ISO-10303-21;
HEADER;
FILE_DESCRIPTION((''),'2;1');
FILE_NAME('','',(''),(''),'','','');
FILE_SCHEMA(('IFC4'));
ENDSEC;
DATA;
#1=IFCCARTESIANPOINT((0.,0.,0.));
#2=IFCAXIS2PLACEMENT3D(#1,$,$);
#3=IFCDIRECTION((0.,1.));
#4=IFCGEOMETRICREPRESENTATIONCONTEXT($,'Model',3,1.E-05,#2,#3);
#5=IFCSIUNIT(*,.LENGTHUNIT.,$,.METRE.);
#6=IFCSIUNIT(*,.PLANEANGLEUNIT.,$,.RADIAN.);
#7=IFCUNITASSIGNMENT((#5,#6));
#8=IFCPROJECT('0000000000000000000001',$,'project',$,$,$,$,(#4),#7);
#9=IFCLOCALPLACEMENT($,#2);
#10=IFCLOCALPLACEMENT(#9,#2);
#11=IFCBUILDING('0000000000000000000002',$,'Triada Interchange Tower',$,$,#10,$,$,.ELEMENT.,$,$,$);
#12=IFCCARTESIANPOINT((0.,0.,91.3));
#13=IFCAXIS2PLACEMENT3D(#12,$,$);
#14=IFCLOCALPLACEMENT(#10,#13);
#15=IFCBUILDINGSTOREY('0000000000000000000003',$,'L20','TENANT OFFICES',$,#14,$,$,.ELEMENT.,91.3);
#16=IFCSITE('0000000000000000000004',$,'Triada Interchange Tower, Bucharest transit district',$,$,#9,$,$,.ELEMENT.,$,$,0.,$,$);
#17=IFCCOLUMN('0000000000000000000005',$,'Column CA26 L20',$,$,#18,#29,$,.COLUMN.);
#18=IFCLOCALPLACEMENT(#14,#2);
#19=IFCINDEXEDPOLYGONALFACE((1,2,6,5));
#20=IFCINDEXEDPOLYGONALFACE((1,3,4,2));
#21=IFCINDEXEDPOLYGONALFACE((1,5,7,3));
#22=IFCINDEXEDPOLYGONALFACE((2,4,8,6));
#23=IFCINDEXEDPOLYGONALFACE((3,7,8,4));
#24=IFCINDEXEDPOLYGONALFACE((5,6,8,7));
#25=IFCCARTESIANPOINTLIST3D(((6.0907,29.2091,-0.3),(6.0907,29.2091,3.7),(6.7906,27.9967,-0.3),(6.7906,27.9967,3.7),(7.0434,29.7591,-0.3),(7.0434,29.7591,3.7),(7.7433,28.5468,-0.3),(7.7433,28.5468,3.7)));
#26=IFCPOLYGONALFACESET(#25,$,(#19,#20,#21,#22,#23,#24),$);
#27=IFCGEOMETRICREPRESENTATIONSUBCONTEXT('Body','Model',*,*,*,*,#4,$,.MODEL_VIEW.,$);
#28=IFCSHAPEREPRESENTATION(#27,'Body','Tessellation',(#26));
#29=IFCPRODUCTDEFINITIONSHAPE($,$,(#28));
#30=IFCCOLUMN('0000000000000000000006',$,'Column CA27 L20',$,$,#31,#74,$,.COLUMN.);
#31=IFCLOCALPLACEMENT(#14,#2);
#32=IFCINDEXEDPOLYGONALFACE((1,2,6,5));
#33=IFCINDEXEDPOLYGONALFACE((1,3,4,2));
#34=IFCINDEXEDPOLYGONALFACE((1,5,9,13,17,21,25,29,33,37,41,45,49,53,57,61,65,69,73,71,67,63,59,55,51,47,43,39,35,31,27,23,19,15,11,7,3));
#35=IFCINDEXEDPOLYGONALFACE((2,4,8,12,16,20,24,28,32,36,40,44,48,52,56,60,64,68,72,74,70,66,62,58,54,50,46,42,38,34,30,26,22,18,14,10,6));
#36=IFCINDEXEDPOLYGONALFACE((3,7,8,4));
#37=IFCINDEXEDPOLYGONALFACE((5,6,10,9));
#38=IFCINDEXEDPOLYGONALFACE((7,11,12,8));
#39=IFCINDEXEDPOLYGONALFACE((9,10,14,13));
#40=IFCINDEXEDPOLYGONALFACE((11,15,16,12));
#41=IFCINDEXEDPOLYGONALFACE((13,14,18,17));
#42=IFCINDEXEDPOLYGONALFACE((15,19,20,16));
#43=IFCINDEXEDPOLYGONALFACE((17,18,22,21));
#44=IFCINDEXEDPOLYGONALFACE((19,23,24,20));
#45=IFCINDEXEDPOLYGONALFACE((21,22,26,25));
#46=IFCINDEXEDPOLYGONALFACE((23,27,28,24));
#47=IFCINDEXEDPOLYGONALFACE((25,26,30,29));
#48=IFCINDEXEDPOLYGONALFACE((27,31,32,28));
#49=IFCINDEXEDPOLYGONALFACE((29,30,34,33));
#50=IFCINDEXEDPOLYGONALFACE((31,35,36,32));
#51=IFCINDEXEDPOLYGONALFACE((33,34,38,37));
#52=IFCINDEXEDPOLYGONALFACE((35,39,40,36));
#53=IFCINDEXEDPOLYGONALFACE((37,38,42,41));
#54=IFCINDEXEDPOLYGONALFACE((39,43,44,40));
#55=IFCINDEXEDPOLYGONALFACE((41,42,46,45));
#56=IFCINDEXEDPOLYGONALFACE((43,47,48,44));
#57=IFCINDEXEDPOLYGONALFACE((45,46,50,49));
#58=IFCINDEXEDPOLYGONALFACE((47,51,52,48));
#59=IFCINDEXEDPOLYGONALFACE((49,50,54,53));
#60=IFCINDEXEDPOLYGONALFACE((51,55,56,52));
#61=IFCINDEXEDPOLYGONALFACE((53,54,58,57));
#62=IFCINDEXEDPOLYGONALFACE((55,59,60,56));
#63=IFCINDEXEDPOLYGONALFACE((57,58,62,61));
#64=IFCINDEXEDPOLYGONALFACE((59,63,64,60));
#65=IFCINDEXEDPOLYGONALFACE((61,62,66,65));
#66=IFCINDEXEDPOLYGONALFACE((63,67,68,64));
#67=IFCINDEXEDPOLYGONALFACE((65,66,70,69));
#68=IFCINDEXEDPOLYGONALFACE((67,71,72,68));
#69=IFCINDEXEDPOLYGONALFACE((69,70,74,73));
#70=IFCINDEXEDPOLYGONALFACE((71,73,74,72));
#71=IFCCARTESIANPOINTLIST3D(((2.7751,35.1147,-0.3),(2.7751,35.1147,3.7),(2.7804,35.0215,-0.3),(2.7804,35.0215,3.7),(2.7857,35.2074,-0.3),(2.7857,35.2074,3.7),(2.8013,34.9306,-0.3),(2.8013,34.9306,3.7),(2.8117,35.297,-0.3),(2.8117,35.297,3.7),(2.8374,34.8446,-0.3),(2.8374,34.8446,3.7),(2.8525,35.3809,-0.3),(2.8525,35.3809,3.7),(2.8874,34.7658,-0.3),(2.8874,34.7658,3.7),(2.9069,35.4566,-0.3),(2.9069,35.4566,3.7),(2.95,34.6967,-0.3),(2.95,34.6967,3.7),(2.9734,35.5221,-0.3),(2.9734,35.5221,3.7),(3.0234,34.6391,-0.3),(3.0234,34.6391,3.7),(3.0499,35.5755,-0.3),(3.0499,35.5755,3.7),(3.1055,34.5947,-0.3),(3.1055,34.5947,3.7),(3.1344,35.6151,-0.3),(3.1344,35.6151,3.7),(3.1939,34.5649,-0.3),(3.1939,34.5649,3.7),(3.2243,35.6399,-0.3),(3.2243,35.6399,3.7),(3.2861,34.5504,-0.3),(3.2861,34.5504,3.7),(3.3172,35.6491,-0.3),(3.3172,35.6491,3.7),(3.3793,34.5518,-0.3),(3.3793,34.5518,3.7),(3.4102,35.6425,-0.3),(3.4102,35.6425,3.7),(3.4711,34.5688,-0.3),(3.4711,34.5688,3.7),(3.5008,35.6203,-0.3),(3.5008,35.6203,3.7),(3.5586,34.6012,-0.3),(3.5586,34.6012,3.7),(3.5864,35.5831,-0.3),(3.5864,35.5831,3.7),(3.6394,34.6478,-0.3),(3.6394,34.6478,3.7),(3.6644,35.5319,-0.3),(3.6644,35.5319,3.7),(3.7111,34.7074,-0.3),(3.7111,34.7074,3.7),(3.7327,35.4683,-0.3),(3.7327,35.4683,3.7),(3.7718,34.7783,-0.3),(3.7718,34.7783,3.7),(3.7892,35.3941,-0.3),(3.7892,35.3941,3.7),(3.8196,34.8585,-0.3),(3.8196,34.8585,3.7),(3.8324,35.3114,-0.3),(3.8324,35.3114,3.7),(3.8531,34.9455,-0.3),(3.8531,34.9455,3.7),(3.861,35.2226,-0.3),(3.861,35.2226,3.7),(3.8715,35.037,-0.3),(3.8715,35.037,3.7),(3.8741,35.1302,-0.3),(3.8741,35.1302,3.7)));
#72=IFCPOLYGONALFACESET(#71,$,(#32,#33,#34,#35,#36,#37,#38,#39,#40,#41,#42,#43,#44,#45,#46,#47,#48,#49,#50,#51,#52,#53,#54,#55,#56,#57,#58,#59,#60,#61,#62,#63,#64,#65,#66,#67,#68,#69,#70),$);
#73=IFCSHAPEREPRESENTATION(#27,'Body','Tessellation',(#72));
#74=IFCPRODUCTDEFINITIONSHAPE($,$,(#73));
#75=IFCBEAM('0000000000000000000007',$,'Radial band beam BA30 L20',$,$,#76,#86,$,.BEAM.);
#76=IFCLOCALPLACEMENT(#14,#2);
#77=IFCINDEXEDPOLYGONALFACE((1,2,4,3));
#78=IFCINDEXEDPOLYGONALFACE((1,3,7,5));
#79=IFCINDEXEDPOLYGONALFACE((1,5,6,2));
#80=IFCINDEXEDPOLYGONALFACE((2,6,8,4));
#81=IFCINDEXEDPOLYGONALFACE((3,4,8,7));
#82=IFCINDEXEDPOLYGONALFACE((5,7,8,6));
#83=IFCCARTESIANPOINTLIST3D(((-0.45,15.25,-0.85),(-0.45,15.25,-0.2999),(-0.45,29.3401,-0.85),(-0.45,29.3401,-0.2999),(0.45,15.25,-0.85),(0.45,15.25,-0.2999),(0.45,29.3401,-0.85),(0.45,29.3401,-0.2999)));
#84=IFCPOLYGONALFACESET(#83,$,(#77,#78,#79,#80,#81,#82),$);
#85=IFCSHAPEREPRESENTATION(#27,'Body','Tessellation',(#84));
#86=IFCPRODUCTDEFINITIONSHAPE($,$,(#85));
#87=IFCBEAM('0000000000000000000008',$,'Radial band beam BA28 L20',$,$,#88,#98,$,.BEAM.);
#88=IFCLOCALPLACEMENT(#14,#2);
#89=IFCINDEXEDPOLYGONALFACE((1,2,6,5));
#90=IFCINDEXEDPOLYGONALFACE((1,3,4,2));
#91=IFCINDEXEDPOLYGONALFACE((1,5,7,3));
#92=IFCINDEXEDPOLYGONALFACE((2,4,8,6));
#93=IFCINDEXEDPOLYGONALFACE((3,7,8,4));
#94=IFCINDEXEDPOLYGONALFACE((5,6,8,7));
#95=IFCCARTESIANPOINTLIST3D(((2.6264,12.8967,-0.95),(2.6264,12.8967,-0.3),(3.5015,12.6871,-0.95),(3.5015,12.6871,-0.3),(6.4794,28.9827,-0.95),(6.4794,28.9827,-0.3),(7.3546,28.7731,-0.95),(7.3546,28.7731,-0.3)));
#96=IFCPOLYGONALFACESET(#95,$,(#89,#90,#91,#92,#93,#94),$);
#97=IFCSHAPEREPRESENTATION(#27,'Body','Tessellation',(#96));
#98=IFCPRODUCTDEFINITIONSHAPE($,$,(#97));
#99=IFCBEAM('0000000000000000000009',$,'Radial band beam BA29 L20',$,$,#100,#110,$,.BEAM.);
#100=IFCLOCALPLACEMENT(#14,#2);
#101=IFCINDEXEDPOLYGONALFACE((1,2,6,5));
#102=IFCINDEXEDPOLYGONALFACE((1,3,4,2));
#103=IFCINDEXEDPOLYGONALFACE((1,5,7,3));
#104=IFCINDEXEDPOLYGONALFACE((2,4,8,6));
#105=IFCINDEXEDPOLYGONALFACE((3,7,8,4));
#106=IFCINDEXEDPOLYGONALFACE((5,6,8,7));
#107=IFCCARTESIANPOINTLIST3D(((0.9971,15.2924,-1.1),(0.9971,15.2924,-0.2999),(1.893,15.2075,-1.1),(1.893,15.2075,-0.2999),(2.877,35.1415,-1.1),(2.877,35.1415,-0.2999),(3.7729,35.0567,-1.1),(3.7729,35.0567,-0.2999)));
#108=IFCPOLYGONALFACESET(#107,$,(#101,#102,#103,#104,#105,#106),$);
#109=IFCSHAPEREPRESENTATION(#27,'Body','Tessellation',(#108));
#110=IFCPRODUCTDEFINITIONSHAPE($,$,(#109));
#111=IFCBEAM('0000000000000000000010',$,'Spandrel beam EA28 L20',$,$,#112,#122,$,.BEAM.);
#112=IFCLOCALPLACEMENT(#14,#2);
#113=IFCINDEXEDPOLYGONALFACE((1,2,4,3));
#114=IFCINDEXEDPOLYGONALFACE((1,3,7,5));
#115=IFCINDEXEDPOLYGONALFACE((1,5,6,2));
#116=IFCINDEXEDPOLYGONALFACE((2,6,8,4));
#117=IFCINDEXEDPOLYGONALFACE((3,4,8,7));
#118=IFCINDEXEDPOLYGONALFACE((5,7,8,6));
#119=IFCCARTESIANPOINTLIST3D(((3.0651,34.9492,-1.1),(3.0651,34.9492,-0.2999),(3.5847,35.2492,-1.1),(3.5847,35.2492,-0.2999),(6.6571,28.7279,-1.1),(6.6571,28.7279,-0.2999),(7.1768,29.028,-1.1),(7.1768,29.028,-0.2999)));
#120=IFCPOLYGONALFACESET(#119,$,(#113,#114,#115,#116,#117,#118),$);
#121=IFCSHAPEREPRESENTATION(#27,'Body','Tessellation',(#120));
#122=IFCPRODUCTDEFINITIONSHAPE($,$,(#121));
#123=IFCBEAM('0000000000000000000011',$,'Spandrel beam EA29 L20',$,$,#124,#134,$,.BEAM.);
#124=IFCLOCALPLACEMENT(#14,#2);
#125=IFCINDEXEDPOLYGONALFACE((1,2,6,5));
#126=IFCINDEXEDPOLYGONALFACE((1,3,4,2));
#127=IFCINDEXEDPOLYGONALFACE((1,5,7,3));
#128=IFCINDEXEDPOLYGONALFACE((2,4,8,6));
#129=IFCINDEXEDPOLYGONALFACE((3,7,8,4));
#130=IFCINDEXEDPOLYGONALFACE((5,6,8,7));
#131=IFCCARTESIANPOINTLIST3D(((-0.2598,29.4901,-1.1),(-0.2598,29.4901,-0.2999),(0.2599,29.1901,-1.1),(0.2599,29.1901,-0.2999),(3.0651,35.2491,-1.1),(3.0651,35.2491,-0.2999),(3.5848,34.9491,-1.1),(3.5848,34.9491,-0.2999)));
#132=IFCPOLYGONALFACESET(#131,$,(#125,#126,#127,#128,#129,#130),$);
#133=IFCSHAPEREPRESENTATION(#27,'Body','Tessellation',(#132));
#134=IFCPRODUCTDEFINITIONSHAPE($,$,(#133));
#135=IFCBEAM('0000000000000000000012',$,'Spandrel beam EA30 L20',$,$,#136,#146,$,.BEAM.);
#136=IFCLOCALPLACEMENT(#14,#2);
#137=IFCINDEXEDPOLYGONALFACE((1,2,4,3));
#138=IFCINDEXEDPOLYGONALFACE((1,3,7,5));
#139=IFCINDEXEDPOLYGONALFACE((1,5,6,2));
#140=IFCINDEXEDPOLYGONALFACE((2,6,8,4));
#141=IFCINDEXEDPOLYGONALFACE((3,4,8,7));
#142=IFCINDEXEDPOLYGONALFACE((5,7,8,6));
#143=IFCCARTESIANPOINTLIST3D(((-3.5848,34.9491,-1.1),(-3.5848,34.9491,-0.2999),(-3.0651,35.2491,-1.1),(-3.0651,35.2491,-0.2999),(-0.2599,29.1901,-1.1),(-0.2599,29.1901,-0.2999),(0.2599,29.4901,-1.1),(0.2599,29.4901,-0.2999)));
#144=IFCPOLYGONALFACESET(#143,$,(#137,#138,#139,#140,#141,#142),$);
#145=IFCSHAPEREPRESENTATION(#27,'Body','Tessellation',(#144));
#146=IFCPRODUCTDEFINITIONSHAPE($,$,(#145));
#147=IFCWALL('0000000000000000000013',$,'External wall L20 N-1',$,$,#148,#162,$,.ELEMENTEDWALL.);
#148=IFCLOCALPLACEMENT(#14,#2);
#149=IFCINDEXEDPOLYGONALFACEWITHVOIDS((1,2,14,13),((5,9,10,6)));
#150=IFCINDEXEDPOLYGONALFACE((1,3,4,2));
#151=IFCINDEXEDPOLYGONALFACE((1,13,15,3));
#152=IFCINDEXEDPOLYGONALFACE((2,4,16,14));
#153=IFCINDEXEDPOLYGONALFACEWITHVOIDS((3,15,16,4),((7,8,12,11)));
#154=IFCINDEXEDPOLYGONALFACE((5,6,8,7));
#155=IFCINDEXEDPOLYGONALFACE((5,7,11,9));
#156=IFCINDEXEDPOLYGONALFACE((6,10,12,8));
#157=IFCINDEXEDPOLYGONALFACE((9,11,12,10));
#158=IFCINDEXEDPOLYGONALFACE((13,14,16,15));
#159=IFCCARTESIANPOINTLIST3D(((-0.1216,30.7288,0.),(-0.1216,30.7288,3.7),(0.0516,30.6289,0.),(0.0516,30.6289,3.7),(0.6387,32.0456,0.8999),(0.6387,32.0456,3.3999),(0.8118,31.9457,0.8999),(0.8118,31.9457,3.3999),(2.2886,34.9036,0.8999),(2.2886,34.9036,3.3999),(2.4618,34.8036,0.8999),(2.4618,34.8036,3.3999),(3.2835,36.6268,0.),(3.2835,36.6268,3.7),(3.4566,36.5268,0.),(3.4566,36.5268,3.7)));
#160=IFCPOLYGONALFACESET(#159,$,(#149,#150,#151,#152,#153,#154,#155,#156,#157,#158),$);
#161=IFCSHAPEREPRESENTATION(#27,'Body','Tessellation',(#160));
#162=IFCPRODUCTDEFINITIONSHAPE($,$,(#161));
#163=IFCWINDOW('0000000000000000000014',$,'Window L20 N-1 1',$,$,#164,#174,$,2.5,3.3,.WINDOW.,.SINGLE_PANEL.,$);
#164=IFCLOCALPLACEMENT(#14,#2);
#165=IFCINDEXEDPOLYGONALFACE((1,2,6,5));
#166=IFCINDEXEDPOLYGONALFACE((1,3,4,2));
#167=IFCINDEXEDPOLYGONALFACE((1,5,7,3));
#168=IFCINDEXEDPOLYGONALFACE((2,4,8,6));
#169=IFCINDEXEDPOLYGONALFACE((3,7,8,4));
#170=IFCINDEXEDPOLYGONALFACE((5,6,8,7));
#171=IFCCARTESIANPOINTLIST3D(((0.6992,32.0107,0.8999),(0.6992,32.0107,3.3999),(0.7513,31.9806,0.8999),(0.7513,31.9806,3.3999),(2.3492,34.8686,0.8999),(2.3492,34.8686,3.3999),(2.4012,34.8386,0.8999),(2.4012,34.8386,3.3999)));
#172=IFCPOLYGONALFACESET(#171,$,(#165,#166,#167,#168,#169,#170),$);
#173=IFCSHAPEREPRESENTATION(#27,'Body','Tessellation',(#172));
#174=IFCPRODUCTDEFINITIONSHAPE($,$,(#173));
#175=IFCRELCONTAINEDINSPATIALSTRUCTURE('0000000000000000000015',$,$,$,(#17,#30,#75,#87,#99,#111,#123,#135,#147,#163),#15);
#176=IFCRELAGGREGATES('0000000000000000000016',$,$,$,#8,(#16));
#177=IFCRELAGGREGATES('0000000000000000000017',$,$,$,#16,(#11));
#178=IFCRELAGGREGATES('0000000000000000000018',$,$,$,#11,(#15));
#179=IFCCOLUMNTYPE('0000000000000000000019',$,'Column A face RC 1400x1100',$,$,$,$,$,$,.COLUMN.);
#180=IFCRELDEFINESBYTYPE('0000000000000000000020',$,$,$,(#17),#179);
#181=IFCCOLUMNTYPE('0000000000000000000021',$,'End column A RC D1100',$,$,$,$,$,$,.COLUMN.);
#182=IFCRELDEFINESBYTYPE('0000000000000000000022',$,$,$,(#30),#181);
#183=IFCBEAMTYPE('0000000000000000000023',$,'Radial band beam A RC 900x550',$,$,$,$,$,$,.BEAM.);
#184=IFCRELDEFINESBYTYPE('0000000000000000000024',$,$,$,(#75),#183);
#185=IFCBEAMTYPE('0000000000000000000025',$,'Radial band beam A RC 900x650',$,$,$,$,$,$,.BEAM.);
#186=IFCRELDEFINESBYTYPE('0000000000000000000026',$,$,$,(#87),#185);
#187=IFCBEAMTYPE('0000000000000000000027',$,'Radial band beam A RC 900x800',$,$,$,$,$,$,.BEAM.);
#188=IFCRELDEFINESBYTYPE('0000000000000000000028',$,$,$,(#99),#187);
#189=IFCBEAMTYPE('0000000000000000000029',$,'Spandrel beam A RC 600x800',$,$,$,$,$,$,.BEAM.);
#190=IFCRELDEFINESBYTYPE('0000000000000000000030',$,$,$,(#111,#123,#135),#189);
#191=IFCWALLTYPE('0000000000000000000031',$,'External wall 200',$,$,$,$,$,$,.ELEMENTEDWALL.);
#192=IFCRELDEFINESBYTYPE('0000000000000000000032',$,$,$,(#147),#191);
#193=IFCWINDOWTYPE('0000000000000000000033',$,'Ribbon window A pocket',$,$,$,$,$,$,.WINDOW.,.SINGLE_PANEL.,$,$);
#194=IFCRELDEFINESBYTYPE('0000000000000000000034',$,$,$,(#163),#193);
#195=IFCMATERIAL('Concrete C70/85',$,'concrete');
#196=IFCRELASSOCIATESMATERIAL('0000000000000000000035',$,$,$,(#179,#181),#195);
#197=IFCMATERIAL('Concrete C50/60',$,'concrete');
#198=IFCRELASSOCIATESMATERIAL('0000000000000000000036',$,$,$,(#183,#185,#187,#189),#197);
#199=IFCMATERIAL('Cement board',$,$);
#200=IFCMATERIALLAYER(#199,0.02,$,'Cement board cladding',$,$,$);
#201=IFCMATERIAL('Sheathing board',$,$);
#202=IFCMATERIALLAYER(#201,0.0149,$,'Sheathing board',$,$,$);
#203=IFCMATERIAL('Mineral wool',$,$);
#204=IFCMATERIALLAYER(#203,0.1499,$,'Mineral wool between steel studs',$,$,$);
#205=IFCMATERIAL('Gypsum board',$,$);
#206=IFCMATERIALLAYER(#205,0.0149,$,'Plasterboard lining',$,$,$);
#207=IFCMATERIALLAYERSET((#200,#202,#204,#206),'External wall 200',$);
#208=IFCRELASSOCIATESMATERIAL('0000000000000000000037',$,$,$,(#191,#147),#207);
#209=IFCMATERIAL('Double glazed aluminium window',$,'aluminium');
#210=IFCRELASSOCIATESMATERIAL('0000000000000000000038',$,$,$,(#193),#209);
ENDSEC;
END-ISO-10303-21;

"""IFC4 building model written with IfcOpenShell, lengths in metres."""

from ifc_helpers import new_model, si_unit, direction, frame, frame_2d, origin, origin_2d, place, context, subcontext, project, spatial, rectangle, circle, extrude, material, layer, layer_set, layer_usage, material_profile, profile_set, type_object, element, fill, save


model = new_model("IFC4")

# Units and contexts
model_context = context("Model", 3, precision=1e-05, world=origin(), true_north=direction((0.0, 1.0)))
body_context = subcontext(model_context, "Body", "Model", "MODEL_VIEW")
ifc_project = project(units=[si_unit("LENGTHUNIT", "METRE"), si_unit("PLANEANGLEUNIT", "RADIAN")], contexts=[model_context])

# Site, building, storey
site_placement = place(None, origin())
site = spatial("IfcSite", under=ifc_project, at=site_placement, Name="Triada Interchange Tower, Bucharest transit district", CompositionType="ELEMENT", RefElevation=0.0)
building_placement = place(site_placement, origin())
building = spatial("IfcBuilding", under=site, at=building_placement, Name="Triada Interchange Tower", CompositionType="ELEMENT")
storey_placement = place(building_placement, frame((0.0, 0.0, 91.3)))
storey = spatial("IfcBuildingStorey", under=building, at=storey_placement, Name="L20", Description="TENANT OFFICES", CompositionType="ELEMENT", Elevation=91.3)

# Columns
ifc_material_1 = material(Name="Concrete C70/85", Category="concrete")
ifc_material_profile_1 = material_profile(ifc_material_1, rectangle(XDim=1.3999, YDim=1.1001, at=origin_2d()), Name="RC 1400x1100")
ifc_profile_set_1 = profile_set([ifc_material_profile_1], Name="Concrete C70/85")
column_type_1 = type_object("IfcColumnType", Name="Column A face RC 1400x1100", PredefinedType="COLUMN", material=ifc_profile_set_1)
column_1_placement = place(storey_placement, frame((6.917, 28.8779, -0.3), z_axis=(0.0, 0.0, 1.0), x_axis=(-0.5, 0.866025, 0.0)))
element("IfcColumn", 1, at=column_1_placement, inside=storey, type_object=column_type_1, Name="Column CA26 L20", PredefinedType="COLUMN", context=body_context, shape_type="SweptSolid", body=[
    extrude(rectangle(XDim=1.3999, YDim=1.1001, at=origin_2d()), origin(), (0.0, 0.0, 1.0), 4.0),
])
ifc_material_profile_2 = material_profile(ifc_material_1, circle(Radius=0.55, at=origin_2d()), Name="RC D1100")
ifc_profile_set_2 = profile_set([ifc_material_profile_2], Name="Concrete C70/85")
column_type_2 = type_object("IfcColumnType", Name="End column A RC D1100", PredefinedType="COLUMN", material=ifc_profile_set_2)
column_2_placement = place(storey_placement, frame((3.325, 35.0991, -0.3), z_axis=(0.0, 0.0, 1.0), x_axis=(-0.5, 0.866025, 0.0)))
element("IfcColumn", 2, at=column_2_placement, inside=storey, type_object=column_type_2, Name="Column CA27 L20", PredefinedType="COLUMN", context=body_context, shape_type="SweptSolid", body=[
    extrude(circle(Radius=0.55, at=origin_2d()), origin(), (0.0, 0.0, 1.0), 4.0),
])

# Beams
ifc_material_2 = material(Name="Concrete C50/60", Category="concrete")
ifc_material_profile_3 = material_profile(ifc_material_2, rectangle(XDim=0.8999, YDim=0.55, at=origin_2d()), Name="RC 900x550")
ifc_profile_set_3 = profile_set([ifc_material_profile_3], Name="Concrete C50/60")
beam_type_1 = type_object("IfcBeamType", Name="Radial band beam A RC 900x550", PredefinedType="BEAM", material=ifc_profile_set_3)
beam_1_placement = place(storey_placement, frame((0.0, 29.3401, -0.575), z_axis=(0.0, -1.0, 0.0), x_axis=(1.0, 0.0, 0.0)))
element("IfcBeam", 3, at=beam_1_placement, inside=storey, type_object=beam_type_1, Name="Radial band beam BA30 L20", PredefinedType="BEAM", context=body_context, shape_type="SweptSolid", body=[
    extrude(rectangle(XDim=0.8999, YDim=0.55, at=origin_2d()), origin(), (0.0, 0.0, 1.0), 14.0901),
])
ifc_material_profile_4 = material_profile(ifc_material_2, rectangle(XDim=0.8999, YDim=0.6499, at=origin_2d()), Name="RC 900x650")
ifc_profile_set_4 = profile_set([ifc_material_profile_4], Name="Concrete C50/60")
beam_type_2 = type_object("IfcBeamType", Name="Radial band beam A RC 900x650", PredefinedType="BEAM", material=ifc_profile_set_4)
beam_2_placement = place(storey_placement, frame((6.917, 28.8779, -0.625), z_axis=(-0.232939, -0.972491, 0.0), x_axis=(0.972491, -0.232939, 0.0)))
element("IfcBeam", 4, at=beam_2_placement, inside=storey, type_object=beam_type_2, Name="Radial band beam BA28 L20", PredefinedType="BEAM", context=body_context, shape_type="SweptSolid", body=[
    extrude(rectangle(XDim=0.8999, YDim=0.6499, at=origin_2d()), origin(), (0.0, 0.0, 1.0), 16.541),
])
ifc_material_profile_5 = material_profile(ifc_material_2, rectangle(XDim=0.8999, YDim=0.8, at=origin_2d()), Name="RC 900x800")
ifc_profile_set_5 = profile_set([ifc_material_profile_5], Name="Concrete C50/60")
beam_type_3 = type_object("IfcBeamType", Name="Radial band beam A RC 900x800", PredefinedType="BEAM", material=ifc_profile_set_5)
beam_3_placement = place(storey_placement, frame((3.325, 35.0991, -0.7), z_axis=(-0.094287, -0.995545, 0.0), x_axis=(0.995545, -0.094287, 0.0)))
element("IfcBeam", 5, at=beam_3_placement, inside=storey, type_object=beam_type_3, Name="Radial band beam BA29 L20", PredefinedType="BEAM", context=body_context, shape_type="SweptSolid", body=[
    extrude(rectangle(XDim=0.8999, YDim=0.8, at=origin_2d()), origin(), (0.0, 0.0, 1.0), 19.938),
])
ifc_material_profile_6 = material_profile(ifc_material_2, rectangle(XDim=0.6001, YDim=0.8, at=origin_2d()), Name="RC 600x800")
ifc_profile_set_6 = profile_set([ifc_material_profile_6], Name="Concrete C50/60")
beam_type_4 = type_object("IfcBeamType", Name="Spandrel beam A RC 600x800", PredefinedType="BEAM", material=ifc_profile_set_6)
beam_4_placement = place(storey_placement, frame((6.917, 28.8779, -0.7), z_axis=(-0.500024, 0.866011, 0.0), x_axis=(-0.866011, -0.500024, 0.0)))
element("IfcBeam", 6, at=beam_4_placement, inside=storey, type_object=beam_type_4, Name="Spandrel beam EA28 L20", PredefinedType="BEAM", context=body_context, shape_type="SweptSolid", body=[
    extrude(rectangle(XDim=0.6001, YDim=0.8, at=origin_2d()), origin(), (0.0, 0.0, 1.0), 7.1838),
])
for number, where, z_axis, x_axis, name in (
    (7, (3.325, 35.0991, -0.7), (-0.499997, -0.866027, 0.0), (0.866027, -0.499997, 0.0), "Spandrel beam EA29 L20"),
    (8, (0.0, 29.3401, -0.7), (-0.499997, 0.866027, 0.0), (-0.866027, -0.499997, 0.0), "Spandrel beam EA30 L20"),
):
    element("IfcBeam", number, at=place(storey_placement, frame(where, z_axis=z_axis, x_axis=x_axis)), inside=storey, type_object=beam_type_4, Name=name, PredefinedType="BEAM", context=body_context, shape_type="SweptSolid", body=[
        extrude(rectangle(XDim=0.6001, YDim=0.8, at=origin_2d()), origin(), (0.0, 0.0, 1.0), 6.6499),
    ])

# Wall, opening, window
ifc_material_3 = material(Name="Cement board")
ifc_layer_1 = layer(ifc_material_3, 0.02, Name="Cement board cladding")
ifc_material_4 = material(Name="Sheathing board")
ifc_layer_2 = layer(ifc_material_4, 0.0149, Name="Sheathing board")
ifc_material_5 = material(Name="Mineral wool")
ifc_layer_3 = layer(ifc_material_5, 0.1499, Name="Mineral wool between steel studs")
ifc_material_6 = material(Name="Gypsum board")
ifc_layer_4 = layer(ifc_material_6, 0.0149, Name="Plasterboard lining")
ifc_layer_set_1 = layer_set([ifc_layer_1, ifc_layer_2, ifc_layer_3, ifc_layer_4], Name="External wall 200")
ifc_layer_usage = layer_usage(ifc_layer_set_1, "AXIS2", "POSITIVE", -0.1001)
wall_type_1 = type_object("IfcWallType", Name="External wall 200", PredefinedType="ELEMENTEDWALL", material=ifc_layer_set_1)
wall_1_placement = place(storey_placement, frame((3.3701, 36.5769, 0.0), z_axis=(0.0, 0.0, 1.0), x_axis=(-0.499983, -0.866035, 0.0)))
wall_1 = element("IfcWall", 9, at=wall_1_placement, inside=storey, type_object=wall_type_1, material=ifc_layer_usage, Name="External wall L20 N-1", PredefinedType="ELEMENTEDWALL", context=body_context, shape_type="SweptSolid", body=[
    extrude(rectangle(XDim=6.8103, YDim=0.2, at=frame_2d((3.4053, 0.0))), origin(), (0.0, 0.0, 1.0), 3.7),
])
opening_1_placement = place(wall_1_placement, frame((1.99, 0.0, 0.8999)))
opening_1 = element("IfcOpeningElement", 10, at=opening_1_placement, cuts=wall_1, PredefinedType="OPENING", context=body_context, shape_type="SweptSolid", body=[
    extrude(rectangle(XDim=3.3, YDim=2.5, at=frame_2d((1.6499, 1.25))), frame((0.0, 0.1099, 0.0), z_axis=(0.0, -1.0, 0.0), x_axis=(1.0, 0.0, 0.0)), (0.0, 0.0, 1.0), 0.22),
])
ifc_material_7 = material(Name="Double glazed aluminium window", Category="aluminium")
window_type = type_object("IfcWindowType", Name="Ribbon window A pocket", PartitioningType="SINGLE_PANEL", PredefinedType="WINDOW", material=ifc_material_7)
window_1_placement = place(opening_1_placement, origin())
window_1 = element("IfcWindow", 11, at=window_1_placement, inside=storey, type_object=window_type, Name="Window L20 N-1 1", OverallHeight=2.5, OverallWidth=3.3, PartitioningType="SINGLE_PANEL", PredefinedType="WINDOW", context=body_context, shape_type="SweptSolid", body=[
    extrude(rectangle(XDim=3.3, YDim=2.5, at=frame_2d((1.6499, 1.25))), frame((0.0, 0.03, 0.0), z_axis=(0.0, -1.0, 0.0), x_axis=(1.0, 0.0, 0.0)), (0.0, 0.0, 1.0), 0.0601),
])
fill(opening_1, window_1)

save(model, "model.ifc")
